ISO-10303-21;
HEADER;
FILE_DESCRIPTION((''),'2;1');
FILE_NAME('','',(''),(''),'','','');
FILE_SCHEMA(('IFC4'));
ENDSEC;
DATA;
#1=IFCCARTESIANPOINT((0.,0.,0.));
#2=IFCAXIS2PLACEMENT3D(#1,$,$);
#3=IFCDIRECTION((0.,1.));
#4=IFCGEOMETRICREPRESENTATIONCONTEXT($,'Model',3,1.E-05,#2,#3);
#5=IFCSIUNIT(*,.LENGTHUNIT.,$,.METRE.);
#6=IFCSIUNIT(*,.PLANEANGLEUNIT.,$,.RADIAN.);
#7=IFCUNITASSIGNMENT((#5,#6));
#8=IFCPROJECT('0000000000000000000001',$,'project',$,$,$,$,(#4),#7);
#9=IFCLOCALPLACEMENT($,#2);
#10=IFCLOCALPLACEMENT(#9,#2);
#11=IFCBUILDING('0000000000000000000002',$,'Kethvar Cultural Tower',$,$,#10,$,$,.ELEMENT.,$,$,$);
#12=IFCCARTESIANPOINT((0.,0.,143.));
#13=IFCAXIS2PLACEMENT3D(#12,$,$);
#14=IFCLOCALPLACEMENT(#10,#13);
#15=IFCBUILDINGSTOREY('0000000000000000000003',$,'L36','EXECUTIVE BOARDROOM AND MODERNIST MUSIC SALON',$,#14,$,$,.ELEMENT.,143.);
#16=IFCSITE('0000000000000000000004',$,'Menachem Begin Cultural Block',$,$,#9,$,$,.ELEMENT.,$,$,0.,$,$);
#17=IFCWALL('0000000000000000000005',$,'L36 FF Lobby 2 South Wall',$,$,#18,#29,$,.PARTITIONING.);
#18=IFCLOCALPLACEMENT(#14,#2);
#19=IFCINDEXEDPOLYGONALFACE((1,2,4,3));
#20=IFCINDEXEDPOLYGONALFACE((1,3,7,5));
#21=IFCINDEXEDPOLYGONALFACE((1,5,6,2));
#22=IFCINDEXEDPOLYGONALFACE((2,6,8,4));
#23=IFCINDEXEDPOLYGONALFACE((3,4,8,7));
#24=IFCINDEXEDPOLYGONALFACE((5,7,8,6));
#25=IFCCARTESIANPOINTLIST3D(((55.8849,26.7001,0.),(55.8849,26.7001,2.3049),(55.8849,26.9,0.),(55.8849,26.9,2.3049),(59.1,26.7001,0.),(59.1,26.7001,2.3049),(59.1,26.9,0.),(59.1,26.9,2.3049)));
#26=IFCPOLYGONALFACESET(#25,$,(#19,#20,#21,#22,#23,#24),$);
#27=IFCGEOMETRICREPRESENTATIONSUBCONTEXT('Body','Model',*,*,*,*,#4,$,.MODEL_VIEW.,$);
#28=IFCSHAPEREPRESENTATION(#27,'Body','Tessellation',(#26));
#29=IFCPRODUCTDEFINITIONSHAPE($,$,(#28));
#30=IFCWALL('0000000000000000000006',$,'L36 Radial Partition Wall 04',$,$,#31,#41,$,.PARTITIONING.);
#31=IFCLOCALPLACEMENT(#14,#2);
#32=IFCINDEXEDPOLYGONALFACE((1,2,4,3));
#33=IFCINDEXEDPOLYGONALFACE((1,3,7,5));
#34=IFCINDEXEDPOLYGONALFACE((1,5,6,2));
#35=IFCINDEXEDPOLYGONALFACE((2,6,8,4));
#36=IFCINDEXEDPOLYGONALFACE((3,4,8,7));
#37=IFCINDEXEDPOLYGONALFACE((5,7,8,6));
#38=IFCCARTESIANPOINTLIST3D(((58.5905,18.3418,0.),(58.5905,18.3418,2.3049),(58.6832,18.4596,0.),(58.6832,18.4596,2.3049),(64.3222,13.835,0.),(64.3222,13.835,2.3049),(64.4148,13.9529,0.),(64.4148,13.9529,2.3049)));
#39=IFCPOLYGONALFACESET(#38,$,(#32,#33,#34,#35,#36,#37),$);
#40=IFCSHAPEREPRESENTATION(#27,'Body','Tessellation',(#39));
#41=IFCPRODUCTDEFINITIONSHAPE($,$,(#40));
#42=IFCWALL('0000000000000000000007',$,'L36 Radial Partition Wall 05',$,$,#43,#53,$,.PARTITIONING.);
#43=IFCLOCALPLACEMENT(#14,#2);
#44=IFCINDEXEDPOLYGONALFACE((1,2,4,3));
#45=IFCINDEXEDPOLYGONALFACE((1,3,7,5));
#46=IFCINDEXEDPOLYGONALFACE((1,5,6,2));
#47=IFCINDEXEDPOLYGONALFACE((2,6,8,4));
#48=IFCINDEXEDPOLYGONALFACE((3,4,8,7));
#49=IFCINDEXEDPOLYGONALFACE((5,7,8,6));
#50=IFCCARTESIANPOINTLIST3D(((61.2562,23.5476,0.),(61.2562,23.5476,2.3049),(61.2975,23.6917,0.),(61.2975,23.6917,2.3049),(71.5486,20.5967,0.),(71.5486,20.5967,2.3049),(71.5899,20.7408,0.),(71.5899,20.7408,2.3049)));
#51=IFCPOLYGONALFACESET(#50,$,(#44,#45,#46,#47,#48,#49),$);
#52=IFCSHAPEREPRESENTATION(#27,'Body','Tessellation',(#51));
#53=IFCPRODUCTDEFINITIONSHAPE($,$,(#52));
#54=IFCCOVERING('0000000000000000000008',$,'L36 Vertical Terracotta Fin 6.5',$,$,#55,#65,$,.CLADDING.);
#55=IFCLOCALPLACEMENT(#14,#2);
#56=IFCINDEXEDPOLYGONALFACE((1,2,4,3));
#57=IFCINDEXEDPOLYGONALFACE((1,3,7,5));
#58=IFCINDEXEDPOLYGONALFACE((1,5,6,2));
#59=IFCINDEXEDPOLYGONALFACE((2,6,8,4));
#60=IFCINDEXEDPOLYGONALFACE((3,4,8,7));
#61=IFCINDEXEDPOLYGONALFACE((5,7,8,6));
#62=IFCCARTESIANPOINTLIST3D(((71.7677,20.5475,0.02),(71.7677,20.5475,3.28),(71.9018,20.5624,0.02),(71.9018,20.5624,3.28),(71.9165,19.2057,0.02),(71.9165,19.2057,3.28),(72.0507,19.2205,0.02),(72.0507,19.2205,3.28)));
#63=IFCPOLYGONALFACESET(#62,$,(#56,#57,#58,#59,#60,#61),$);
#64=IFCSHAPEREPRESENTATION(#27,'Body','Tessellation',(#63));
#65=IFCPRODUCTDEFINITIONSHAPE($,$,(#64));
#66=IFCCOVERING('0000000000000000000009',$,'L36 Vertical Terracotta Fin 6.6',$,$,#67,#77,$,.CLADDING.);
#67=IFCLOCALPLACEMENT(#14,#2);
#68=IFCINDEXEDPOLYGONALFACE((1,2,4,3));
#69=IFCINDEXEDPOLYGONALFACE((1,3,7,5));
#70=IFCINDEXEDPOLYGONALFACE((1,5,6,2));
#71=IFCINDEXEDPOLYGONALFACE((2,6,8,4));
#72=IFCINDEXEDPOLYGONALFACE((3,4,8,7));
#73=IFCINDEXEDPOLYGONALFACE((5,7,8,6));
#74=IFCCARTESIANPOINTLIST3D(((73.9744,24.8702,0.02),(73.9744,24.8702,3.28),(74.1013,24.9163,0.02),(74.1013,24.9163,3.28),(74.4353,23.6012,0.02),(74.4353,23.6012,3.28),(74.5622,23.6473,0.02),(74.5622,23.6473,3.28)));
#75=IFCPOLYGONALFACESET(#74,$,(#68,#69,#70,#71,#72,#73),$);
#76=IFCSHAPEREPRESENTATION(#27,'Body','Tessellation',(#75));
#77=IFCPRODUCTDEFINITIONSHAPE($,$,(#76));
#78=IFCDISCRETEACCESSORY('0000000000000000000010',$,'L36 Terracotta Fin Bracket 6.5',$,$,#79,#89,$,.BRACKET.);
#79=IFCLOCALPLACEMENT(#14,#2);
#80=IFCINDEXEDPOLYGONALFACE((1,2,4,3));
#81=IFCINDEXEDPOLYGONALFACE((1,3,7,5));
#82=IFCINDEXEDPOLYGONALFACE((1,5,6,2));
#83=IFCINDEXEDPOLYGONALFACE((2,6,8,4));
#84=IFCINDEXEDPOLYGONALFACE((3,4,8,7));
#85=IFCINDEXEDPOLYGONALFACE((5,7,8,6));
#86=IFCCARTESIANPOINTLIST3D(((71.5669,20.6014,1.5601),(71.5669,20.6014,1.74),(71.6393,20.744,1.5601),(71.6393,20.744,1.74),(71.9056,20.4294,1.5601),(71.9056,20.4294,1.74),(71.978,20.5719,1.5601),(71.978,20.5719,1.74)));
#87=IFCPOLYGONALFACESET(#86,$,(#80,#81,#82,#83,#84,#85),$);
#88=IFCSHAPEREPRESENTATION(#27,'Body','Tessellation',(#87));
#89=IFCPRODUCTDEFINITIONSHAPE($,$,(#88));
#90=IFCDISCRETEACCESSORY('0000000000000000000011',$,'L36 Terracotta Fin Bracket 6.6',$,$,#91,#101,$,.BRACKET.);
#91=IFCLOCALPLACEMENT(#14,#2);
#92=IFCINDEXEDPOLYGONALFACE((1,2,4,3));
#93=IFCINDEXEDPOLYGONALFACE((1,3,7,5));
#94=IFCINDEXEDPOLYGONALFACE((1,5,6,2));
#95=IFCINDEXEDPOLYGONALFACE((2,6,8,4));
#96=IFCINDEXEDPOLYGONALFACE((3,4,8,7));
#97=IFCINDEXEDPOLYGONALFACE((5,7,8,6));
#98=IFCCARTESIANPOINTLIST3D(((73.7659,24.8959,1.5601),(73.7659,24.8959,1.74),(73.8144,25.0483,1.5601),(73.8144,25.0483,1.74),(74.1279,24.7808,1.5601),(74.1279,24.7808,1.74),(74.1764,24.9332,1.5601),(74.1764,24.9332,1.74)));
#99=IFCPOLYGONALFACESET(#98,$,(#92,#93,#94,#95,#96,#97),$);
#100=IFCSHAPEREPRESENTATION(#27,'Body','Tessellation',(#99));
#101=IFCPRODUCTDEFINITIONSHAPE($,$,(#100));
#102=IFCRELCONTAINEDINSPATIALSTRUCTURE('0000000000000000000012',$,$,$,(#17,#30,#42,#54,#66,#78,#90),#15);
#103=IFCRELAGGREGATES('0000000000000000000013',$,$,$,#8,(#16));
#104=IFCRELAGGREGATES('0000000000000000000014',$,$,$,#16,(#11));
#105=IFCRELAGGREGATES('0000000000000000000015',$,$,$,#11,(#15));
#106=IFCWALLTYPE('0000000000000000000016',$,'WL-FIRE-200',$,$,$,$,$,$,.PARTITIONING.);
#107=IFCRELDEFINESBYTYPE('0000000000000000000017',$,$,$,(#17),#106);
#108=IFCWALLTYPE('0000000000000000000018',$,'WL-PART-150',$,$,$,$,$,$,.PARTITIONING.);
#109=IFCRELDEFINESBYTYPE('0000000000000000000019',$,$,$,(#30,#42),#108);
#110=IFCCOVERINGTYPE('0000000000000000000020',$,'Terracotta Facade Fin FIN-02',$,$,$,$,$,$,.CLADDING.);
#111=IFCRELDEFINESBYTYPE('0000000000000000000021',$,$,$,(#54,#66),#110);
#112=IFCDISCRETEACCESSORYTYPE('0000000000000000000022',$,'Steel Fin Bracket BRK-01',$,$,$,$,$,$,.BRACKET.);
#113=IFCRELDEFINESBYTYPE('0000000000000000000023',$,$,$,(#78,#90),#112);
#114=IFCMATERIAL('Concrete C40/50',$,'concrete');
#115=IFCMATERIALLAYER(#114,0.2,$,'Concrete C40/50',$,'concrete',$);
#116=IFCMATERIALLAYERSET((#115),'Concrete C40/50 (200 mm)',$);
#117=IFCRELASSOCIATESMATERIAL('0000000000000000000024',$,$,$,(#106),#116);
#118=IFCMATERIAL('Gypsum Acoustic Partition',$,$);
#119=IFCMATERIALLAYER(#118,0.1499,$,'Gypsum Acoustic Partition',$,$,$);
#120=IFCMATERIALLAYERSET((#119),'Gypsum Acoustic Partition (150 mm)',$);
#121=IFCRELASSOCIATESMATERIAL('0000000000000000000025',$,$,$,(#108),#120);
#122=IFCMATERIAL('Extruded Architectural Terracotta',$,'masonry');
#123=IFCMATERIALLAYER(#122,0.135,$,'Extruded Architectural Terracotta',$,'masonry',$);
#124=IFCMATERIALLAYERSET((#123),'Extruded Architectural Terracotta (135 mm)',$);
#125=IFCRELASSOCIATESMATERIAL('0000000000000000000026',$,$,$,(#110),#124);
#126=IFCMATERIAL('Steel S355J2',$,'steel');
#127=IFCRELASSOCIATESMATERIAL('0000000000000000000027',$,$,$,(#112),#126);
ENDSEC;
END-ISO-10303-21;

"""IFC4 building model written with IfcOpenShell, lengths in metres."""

from ifc_helpers import new_model, si_unit, direction, frame, frame_2d, origin, origin_2d, place, context, subcontext, project, spatial, rectangle, extrude, source, transform, mapped, material, layer, layer_set, type_object, element, save


model = new_model("IFC4")

# Units and contexts
model_context = context("Model", 3, precision=1e-05, world=origin(), true_north=direction((0.0, 1.0)))
body_context = subcontext(model_context, "Body", "Model", "MODEL_VIEW")
ifc_project = project(units=[si_unit("LENGTHUNIT", "METRE"), si_unit("PLANEANGLEUNIT", "RADIAN")], contexts=[model_context])

# Site, building, storey
site_placement = place(None, origin())
site = spatial("IfcSite", under=ifc_project, at=site_placement, Name="Menachem Begin Cultural Block", CompositionType="ELEMENT", RefElevation=0.0)
building_placement = place(site_placement, origin())
building = spatial("IfcBuilding", under=site, at=building_placement, Name="Kethvar Cultural Tower", CompositionType="ELEMENT")
storey_placement = place(building_placement, frame((0.0, 0.0, 143.0)))
storey = spatial("IfcBuildingStorey", under=building, at=storey_placement, Name="L36", Description="EXECUTIVE BOARDROOM AND MODERNIST MUSIC SALON", CompositionType="ELEMENT", Elevation=143.0)

# Shared definitions
ifc_material_1 = material(Name="Steel S355J2", Category="steel")

# Shared definitions
ifc_material_2 = material(Name="Concrete C40/50", Category="concrete")
ifc_layer_1 = layer(ifc_material_2, 0.2, Name="Concrete C40/50", Category="concrete")
ifc_layer_set_1 = layer_set([ifc_layer_1], Name="Concrete C40/50 (200 mm)")
wall_type_1 = type_object("IfcWallType", Name="WL-FIRE-200", PredefinedType="PARTITIONING", material=ifc_layer_set_1)

# Walls
wall_1_placement = place(storey_placement, frame((55.885, 26.8, 0.0), z_axis=(0.0, 0.0, 1.0), x_axis=(1.0, 0.0, 0.0)))
element("IfcWall", 1, at=wall_1_placement, inside=storey, type_object=wall_type_1, Name="L36 FF Lobby 2 South Wall", PredefinedType="PARTITIONING", context=body_context, shape_type="SweptSolid", body=[
    extrude(rectangle(XDim=3.2151, YDim=0.2, at=frame_2d((1.6074, 0.0))), origin(), (0.0, 0.0, 1.0), 2.3049),
])
ifc_material_3 = material(Name="Gypsum Acoustic Partition")
ifc_layer_2 = layer(ifc_material_3, 0.1499, Name="Gypsum Acoustic Partition")
ifc_layer_set_2 = layer_set([ifc_layer_2], Name="Gypsum Acoustic Partition (150 mm)")
wall_type_2 = type_object("IfcWallType", Name="WL-PART-150", PredefinedType="PARTITIONING", material=ifc_layer_set_2)
wall_2_placement = place(storey_placement, frame((58.637, 18.4006, 0.0), z_axis=(0.0, 0.0, 1.0), x_axis=(0.786094, -0.618107, 0.0)))
element("IfcWall", 2, at=wall_2_placement, inside=storey, type_object=wall_type_2, Name="L36 Radial Partition Wall 04", PredefinedType="PARTITIONING", context=body_context, shape_type="SweptSolid", body=[
    extrude(rectangle(XDim=7.2913, YDim=0.1499, at=frame_2d((3.6455, 0.0))), origin(), (0.0, 0.0, 1.0), 2.3049),
])
wall_3_placement = place(storey_placement, frame((61.2769, 23.6196, 0.0), z_axis=(0.0, 0.0, 1.0), x_axis=(0.961271, -0.275603, 0.0)))
element("IfcWall", 3, at=wall_3_placement, inside=storey, type_object=wall_type_2, Name="L36 Radial Partition Wall 05", PredefinedType="PARTITIONING", context=body_context, shape_type="SweptSolid", body=[
    extrude(rectangle(XDim=10.707, YDim=0.1499, at=frame_2d((5.3535, 0.0))), origin(), (0.0, 0.0, 1.0), 2.3049),
])

# Coverings
ifc_material_4 = material(Name="Extruded Architectural Terracotta", Category="masonry")
ifc_layer_3 = layer(ifc_material_4, 0.135, Name="Extruded Architectural Terracotta", Category="masonry")
ifc_layer_set_3 = layer_set([ifc_layer_3], Name="Extruded Architectural Terracotta (135 mm)")
covering_type = type_object("IfcCoveringType", Name="Terracotta Facade Fin FIN-02", PredefinedType="CLADDING", material=ifc_layer_set_3)
shared_shape_1 = source(origin(), body_context, "Body", "SweptSolid", [
    extrude(rectangle(XDim=1.3501, YDim=0.135, at=origin_2d()), origin(), (0.0, 0.0, 1.0), 3.26),
])
for number, where, z_axis, x_axis, name in (
    (4, (71.9092, 19.884, 0.02), (0.0, 0.0, 1.0), (0.110255, -0.993903, 0.0), "L36 Vertical Terracotta Fin 6.5"),
    (5, (74.2683, 24.2588, 0.02), (0.0, 0.0, 1.0), (0.341364, -0.939931, 0.0), "L36 Vertical Terracotta Fin 6.6"),
):
    element("IfcCovering", number, at=place(storey_placement, frame(where, z_axis=z_axis, x_axis=x_axis)), inside=storey, type_object=covering_type, Name=name, PredefinedType="CLADDING", context=body_context, shape_type="MappedRepresentation", body=[
        mapped(shared_shape_1, transform((0.0, 0.0, 0.0), scale=1.0)),
    ])

# Discrete accessories
discrete_accessory_type = type_object("IfcDiscreteAccessoryType", Name="Steel Fin Bracket BRK-01", PredefinedType="BRACKET", material=ifc_material_1)
shared_shape_2 = source(origin(), body_context, "Body", "SweptSolid", [
    extrude(rectangle(XDim=0.3799, YDim=0.1599, at=origin_2d()), origin(), (0.0, 0.0, 1.0), 0.1799),
])
for number, where, z_axis, x_axis, name in (
    (6, (71.7725, 20.5867, 1.5601), (0.0, 0.0, 1.0), (0.891561, -0.452902, 0.0), "L36 Terracotta Fin Bracket 6.5"),
    (7, (73.9712, 24.9146, 1.5601), (0.0, 0.0, 1.0), (0.952926, -0.303202, 0.0), "L36 Terracotta Fin Bracket 6.6"),
):
    element("IfcDiscreteAccessory", number, at=place(storey_placement, frame(where, z_axis=z_axis, x_axis=x_axis)), inside=storey, type_object=discrete_accessory_type, Name=name, PredefinedType="BRACKET", context=body_context, shape_type="MappedRepresentation", body=[
        mapped(shared_shape_2, transform((0.0, 0.0, 0.0), scale=1.0)),
    ])

save(model, "model.ifc")
